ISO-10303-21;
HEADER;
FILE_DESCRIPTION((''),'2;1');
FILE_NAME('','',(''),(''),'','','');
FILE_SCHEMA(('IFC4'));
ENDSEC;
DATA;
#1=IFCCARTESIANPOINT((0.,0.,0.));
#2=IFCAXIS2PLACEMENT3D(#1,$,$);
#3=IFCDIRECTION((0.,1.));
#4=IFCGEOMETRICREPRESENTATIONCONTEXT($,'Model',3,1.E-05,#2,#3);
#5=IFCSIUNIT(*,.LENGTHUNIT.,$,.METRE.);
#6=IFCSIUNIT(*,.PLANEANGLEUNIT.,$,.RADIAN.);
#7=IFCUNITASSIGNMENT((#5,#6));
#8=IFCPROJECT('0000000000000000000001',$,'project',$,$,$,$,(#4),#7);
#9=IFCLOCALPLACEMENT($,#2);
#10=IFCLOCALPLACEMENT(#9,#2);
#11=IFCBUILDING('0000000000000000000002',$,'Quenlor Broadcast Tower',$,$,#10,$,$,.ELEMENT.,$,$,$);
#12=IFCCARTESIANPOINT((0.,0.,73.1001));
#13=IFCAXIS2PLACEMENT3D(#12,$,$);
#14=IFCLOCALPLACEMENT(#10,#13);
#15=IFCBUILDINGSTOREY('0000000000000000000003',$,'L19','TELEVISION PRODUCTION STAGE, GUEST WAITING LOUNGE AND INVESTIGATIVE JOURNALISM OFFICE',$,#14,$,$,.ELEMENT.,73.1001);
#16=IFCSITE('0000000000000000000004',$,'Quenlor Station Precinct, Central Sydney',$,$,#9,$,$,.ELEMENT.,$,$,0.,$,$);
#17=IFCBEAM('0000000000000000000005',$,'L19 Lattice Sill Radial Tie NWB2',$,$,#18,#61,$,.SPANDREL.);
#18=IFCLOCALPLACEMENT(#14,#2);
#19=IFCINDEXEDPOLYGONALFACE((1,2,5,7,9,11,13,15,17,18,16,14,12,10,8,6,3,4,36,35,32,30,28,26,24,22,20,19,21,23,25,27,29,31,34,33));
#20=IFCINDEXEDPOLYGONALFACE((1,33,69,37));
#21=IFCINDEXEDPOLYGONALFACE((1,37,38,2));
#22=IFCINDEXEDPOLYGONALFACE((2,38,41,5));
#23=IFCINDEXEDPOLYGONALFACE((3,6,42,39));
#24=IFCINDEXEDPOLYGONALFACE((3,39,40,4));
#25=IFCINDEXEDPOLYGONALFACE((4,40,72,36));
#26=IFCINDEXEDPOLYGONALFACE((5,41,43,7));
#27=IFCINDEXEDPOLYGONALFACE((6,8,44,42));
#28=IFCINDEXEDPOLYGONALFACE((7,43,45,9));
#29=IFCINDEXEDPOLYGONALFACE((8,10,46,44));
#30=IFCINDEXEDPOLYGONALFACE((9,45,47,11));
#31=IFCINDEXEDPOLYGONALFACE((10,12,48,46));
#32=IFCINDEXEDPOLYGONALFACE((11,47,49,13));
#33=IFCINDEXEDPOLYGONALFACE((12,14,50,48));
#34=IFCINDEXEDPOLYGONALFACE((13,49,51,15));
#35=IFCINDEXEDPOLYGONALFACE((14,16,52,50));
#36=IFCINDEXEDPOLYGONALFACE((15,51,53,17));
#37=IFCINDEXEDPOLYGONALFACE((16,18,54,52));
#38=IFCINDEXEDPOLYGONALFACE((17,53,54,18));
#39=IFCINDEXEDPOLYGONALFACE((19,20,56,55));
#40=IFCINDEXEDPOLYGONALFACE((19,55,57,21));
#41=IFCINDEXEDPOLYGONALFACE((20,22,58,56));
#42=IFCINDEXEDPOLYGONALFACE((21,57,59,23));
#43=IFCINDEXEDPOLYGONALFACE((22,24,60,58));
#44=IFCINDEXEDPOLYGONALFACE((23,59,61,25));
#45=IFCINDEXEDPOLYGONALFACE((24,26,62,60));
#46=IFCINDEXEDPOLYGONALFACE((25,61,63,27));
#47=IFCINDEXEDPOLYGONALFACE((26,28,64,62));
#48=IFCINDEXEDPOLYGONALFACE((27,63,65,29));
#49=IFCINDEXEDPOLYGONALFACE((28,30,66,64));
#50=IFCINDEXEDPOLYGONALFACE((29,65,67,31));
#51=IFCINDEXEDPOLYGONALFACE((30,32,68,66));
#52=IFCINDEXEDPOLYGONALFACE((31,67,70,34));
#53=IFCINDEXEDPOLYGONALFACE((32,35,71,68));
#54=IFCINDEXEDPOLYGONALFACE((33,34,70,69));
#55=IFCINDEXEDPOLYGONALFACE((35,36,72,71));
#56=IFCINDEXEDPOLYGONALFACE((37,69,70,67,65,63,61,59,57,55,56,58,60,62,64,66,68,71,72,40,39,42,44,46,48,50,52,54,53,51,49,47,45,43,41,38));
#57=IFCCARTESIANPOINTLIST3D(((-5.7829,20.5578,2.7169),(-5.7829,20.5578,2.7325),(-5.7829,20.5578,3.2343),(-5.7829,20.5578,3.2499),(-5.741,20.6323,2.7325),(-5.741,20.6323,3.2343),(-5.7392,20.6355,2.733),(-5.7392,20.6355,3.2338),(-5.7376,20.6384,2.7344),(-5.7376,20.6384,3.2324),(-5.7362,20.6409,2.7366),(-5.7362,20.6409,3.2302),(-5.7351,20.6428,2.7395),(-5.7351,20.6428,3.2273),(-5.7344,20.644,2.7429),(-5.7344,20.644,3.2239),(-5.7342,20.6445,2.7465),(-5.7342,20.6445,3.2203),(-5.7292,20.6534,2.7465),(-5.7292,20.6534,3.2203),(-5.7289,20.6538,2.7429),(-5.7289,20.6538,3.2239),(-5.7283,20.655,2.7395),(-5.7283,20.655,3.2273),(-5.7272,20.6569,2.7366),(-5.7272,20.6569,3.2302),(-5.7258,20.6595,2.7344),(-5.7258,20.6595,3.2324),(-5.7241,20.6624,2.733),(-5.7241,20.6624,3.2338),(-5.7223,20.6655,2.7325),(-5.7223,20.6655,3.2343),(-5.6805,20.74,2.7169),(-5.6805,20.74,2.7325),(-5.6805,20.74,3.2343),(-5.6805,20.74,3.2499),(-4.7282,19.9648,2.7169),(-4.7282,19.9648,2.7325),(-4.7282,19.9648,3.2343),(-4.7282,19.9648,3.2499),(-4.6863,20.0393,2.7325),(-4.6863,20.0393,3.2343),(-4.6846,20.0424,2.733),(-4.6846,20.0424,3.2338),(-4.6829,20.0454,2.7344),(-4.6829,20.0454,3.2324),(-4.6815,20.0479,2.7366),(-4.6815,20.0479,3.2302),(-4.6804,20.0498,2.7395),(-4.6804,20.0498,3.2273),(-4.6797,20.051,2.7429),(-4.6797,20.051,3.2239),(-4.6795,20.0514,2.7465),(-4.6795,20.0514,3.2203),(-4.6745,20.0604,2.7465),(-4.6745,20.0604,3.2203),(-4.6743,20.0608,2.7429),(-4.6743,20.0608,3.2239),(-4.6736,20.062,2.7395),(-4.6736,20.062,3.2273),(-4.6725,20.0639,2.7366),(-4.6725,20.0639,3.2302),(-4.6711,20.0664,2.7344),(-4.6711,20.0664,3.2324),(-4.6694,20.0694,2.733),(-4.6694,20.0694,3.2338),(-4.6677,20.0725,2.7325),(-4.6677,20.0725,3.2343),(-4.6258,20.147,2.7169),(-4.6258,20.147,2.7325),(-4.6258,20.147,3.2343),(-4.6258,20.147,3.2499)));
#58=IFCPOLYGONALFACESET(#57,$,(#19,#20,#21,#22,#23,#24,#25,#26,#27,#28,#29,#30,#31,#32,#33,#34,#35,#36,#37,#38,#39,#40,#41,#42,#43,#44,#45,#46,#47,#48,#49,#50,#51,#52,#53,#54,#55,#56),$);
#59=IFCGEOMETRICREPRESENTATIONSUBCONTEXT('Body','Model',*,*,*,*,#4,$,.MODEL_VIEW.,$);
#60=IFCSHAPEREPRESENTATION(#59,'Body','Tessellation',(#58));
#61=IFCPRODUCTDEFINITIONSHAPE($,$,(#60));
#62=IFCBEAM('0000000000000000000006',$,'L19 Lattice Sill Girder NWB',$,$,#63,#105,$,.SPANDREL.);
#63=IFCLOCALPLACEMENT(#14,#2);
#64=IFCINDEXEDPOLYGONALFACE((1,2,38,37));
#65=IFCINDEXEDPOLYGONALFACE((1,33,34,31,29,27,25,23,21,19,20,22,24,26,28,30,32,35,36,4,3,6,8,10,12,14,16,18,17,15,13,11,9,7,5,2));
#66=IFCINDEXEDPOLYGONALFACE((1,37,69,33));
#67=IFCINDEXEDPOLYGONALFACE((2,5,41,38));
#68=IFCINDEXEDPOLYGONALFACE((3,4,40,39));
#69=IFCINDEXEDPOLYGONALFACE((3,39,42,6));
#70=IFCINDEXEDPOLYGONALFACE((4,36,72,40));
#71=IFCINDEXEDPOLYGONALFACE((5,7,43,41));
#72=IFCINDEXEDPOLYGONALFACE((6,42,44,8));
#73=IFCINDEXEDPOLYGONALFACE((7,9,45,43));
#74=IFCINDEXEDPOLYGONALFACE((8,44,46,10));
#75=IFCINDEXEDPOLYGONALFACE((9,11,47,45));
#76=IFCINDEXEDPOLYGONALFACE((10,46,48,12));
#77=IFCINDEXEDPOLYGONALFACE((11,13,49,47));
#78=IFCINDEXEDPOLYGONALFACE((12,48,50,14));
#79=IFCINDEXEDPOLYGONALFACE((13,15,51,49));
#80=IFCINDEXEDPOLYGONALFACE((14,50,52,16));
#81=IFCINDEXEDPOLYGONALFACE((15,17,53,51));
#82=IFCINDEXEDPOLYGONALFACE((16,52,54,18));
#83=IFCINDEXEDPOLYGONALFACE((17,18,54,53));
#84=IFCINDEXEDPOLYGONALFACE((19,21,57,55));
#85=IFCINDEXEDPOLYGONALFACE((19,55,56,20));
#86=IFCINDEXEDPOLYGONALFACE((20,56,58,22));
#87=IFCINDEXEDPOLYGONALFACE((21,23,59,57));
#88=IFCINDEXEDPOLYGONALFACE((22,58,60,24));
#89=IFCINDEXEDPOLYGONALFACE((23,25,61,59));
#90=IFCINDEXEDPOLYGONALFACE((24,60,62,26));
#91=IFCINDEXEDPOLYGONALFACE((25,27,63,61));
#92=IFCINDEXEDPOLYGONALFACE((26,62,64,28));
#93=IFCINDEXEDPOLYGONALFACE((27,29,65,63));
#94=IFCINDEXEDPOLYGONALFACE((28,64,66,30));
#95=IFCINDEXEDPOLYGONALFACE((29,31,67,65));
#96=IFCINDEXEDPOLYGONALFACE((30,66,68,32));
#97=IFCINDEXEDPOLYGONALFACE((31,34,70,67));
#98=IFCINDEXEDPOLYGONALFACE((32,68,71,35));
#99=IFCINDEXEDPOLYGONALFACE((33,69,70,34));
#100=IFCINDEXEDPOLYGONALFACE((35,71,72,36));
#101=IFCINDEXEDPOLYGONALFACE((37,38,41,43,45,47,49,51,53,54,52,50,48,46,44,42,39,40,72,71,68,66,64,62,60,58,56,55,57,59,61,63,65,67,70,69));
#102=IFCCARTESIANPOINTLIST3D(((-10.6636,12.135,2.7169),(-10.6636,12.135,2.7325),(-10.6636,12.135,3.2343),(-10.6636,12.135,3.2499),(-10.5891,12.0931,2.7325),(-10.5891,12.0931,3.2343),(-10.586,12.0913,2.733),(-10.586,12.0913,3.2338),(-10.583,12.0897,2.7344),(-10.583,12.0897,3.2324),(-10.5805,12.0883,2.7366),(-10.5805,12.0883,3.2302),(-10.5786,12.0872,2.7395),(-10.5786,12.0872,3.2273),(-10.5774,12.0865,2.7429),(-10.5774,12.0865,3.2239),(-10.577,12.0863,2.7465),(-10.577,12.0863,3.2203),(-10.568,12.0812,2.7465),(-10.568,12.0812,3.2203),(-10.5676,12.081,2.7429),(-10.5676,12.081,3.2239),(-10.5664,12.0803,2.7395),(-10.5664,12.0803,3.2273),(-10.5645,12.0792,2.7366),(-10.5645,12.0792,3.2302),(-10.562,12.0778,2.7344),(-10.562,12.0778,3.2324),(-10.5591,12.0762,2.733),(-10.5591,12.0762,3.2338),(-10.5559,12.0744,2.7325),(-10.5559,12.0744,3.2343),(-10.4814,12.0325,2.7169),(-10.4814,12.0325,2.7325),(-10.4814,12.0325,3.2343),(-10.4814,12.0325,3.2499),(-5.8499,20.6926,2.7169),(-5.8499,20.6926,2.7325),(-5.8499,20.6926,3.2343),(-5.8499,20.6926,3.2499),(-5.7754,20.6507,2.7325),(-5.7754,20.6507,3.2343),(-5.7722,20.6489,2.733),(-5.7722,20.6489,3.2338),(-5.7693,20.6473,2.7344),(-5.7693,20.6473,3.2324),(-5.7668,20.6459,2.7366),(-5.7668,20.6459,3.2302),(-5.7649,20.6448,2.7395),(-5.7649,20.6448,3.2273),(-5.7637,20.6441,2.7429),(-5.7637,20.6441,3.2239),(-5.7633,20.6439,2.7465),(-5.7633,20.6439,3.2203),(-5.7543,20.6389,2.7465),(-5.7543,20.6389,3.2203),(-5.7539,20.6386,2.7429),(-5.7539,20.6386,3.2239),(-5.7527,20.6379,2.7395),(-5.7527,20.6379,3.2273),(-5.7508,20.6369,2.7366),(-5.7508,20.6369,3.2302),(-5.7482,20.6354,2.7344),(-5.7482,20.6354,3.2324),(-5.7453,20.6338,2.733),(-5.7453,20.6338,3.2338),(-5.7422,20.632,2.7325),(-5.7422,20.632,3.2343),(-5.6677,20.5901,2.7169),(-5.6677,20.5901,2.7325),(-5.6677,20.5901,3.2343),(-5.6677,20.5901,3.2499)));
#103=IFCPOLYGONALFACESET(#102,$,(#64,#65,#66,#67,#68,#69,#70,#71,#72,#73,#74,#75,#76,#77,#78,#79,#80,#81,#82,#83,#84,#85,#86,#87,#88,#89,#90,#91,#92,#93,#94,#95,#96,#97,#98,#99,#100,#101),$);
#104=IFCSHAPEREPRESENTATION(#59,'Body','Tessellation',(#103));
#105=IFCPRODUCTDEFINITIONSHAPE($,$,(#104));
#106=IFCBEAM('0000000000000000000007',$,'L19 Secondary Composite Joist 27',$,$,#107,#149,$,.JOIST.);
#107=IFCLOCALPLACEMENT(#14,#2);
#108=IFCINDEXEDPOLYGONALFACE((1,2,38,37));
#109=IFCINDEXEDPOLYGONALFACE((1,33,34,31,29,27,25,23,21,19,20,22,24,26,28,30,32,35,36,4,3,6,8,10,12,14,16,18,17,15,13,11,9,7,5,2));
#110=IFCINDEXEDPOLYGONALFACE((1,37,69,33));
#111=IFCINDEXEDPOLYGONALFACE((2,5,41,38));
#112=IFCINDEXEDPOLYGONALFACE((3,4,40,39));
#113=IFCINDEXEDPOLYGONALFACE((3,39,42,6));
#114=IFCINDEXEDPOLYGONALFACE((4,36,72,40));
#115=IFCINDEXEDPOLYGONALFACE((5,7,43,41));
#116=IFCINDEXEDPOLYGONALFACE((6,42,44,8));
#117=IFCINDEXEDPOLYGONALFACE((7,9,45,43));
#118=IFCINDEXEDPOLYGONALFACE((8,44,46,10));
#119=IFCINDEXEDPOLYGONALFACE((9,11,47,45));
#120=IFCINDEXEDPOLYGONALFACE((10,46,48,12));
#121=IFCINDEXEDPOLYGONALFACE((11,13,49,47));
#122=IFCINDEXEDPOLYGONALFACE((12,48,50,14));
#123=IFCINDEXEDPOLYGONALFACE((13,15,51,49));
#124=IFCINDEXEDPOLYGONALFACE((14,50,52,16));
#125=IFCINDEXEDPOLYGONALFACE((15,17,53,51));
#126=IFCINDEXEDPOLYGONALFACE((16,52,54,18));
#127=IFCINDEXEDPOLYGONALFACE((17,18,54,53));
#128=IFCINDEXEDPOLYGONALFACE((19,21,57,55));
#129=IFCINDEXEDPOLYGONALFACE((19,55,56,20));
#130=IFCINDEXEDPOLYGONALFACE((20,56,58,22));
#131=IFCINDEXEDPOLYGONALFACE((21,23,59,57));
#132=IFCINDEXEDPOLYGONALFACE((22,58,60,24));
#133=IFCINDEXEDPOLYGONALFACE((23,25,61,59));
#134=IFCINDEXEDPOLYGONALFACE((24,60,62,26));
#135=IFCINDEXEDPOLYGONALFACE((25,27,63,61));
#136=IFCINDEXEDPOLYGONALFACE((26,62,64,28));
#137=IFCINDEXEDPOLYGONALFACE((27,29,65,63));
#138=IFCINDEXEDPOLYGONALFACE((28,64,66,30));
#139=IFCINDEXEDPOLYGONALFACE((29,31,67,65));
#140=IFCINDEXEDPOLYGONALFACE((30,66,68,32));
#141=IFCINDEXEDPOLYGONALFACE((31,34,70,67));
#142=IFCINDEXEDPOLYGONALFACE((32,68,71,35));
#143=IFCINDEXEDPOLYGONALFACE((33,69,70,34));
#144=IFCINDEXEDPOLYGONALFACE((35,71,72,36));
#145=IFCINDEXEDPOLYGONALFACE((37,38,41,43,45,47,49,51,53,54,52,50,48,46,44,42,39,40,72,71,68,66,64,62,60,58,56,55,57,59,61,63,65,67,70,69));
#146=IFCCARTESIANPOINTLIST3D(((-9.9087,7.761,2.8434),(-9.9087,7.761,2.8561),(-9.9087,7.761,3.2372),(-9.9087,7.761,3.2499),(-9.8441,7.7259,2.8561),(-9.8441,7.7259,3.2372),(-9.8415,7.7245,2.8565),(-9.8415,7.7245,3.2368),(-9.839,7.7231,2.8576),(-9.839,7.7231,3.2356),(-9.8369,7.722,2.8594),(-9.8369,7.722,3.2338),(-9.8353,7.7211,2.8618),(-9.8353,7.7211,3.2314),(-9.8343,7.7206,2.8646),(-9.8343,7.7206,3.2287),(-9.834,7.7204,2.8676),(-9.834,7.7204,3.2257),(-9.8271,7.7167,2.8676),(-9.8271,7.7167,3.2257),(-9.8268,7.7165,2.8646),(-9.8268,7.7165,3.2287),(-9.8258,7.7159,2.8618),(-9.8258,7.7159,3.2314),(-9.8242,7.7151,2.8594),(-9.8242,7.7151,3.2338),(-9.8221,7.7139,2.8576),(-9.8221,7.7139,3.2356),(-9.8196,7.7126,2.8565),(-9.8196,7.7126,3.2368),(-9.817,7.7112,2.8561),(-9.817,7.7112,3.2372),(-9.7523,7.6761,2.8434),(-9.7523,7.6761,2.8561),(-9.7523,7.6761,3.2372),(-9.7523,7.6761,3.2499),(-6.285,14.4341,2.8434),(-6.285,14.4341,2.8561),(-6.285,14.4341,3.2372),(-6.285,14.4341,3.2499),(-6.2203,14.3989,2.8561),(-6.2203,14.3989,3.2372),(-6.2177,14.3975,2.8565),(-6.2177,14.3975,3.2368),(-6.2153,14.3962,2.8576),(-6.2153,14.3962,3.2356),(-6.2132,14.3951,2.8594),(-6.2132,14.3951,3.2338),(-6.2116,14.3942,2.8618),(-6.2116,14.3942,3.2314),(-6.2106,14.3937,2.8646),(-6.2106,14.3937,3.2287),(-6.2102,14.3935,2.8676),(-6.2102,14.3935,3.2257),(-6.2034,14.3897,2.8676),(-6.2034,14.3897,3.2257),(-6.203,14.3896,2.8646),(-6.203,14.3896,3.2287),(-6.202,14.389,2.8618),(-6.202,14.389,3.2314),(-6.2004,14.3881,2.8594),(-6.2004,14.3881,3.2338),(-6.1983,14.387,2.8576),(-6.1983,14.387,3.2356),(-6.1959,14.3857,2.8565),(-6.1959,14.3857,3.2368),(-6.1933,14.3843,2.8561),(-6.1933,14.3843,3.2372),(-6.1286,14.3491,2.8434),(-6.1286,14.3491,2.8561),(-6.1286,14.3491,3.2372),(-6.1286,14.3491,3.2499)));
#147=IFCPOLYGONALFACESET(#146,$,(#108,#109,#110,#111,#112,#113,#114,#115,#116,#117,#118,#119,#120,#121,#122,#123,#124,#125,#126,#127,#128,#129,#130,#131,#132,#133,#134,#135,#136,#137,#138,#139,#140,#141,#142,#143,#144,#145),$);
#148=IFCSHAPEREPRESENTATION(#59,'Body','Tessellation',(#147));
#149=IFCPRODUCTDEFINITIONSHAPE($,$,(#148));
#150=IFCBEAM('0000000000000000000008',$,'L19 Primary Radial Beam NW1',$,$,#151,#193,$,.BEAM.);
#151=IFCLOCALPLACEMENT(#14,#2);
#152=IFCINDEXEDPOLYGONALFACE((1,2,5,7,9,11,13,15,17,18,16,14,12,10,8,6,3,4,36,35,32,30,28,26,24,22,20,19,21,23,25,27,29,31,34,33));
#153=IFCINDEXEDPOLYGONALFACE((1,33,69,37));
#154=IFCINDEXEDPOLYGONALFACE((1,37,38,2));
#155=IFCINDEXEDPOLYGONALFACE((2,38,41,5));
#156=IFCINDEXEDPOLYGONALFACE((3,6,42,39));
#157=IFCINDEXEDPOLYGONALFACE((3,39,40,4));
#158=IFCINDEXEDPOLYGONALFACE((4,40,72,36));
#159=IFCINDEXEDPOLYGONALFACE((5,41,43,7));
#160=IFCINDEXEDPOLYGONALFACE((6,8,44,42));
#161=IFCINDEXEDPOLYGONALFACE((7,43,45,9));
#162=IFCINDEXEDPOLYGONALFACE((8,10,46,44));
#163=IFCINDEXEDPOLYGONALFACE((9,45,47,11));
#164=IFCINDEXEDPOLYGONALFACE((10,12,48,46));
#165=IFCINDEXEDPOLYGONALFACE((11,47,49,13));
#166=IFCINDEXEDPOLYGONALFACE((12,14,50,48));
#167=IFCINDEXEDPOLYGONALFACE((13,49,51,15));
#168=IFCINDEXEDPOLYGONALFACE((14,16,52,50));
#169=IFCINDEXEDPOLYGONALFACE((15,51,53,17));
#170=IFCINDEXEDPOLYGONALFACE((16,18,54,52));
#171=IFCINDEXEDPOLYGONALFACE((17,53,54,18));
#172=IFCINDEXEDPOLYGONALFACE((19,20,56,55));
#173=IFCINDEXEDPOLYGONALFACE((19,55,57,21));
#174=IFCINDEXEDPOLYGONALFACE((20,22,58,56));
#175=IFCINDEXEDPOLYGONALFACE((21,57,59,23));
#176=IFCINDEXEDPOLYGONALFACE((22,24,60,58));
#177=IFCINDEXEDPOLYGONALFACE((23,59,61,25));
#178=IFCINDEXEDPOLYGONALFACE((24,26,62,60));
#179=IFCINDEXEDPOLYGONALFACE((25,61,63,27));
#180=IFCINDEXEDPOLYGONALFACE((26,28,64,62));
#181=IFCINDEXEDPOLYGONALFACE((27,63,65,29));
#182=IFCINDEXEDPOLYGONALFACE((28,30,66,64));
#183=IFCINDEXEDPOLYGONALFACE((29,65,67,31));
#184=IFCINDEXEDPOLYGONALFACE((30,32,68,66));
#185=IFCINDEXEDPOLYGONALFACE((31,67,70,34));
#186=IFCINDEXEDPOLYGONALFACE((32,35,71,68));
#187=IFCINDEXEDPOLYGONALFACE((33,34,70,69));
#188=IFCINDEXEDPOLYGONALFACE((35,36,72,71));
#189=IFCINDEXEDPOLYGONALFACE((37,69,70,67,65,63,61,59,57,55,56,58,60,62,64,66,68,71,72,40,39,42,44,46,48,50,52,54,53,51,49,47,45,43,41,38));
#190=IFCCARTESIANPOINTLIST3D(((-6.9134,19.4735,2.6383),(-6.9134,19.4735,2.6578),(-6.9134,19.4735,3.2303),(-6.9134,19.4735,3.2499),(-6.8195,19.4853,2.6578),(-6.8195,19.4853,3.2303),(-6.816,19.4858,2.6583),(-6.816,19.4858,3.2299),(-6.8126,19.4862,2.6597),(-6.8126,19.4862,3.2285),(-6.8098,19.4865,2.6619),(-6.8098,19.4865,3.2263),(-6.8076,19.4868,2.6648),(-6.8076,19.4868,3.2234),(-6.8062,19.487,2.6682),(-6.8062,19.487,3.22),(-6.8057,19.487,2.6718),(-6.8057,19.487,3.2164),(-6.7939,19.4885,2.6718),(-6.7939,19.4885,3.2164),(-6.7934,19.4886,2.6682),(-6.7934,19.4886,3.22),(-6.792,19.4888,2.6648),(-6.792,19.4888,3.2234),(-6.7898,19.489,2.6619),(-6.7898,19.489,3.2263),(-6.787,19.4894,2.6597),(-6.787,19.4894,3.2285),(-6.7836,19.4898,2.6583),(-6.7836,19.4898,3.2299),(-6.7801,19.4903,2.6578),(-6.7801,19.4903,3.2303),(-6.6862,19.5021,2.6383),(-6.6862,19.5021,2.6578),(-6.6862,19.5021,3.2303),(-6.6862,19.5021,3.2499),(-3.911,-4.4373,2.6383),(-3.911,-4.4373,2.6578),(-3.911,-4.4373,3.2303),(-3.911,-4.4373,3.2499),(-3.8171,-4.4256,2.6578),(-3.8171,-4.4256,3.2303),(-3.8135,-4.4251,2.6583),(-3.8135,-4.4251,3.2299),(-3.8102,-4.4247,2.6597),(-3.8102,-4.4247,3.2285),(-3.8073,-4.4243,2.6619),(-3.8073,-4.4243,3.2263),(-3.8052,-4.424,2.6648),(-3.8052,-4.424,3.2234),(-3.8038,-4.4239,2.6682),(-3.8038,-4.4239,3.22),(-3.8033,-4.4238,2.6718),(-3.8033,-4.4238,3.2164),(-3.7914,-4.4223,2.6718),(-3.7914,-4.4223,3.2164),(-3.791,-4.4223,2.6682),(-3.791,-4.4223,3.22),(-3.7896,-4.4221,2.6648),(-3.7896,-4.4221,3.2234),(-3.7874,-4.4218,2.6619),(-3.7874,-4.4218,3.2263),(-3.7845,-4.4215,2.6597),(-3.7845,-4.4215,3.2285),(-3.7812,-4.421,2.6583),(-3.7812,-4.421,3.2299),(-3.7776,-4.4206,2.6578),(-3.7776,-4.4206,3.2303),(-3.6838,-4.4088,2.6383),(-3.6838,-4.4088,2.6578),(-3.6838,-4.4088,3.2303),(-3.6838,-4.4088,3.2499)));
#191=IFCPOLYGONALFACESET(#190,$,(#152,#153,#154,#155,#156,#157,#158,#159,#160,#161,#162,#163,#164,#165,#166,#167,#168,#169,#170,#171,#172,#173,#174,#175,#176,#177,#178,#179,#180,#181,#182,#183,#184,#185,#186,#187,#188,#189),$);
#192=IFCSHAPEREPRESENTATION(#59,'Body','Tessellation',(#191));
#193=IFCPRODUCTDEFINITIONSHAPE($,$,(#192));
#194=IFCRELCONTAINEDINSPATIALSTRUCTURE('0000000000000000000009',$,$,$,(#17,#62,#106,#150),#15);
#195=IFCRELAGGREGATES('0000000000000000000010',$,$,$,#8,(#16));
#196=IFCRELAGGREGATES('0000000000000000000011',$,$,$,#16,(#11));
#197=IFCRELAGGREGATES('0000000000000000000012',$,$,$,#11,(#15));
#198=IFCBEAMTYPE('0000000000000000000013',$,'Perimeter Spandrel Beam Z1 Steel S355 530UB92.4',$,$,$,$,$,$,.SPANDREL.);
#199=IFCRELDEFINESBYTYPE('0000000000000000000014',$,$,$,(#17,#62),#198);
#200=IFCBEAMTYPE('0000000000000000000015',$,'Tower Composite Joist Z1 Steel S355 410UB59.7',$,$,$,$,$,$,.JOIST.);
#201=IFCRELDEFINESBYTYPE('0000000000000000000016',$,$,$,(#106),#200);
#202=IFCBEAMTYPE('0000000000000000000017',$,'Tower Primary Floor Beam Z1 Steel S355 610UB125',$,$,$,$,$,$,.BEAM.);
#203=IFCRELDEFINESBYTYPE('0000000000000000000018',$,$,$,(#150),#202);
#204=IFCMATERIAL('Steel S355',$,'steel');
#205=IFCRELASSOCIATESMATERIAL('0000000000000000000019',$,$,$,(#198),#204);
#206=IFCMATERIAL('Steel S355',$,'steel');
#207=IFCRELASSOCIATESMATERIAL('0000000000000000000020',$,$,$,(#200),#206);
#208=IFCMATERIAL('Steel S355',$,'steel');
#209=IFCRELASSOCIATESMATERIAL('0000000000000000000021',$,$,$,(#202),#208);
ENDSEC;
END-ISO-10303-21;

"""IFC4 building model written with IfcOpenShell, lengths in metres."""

from ifc_helpers import new_model, si_unit, direction, frame, origin, origin_2d, place, context, subcontext, project, spatial, i_section, extrude, material, material_profile, profile_set, type_object, element, save


model = new_model("IFC4")

# Units and contexts
model_context = context("Model", 3, precision=1e-05, world=origin(), true_north=direction((0.0, 1.0)))
body_context = subcontext(model_context, "Body", "Model", "MODEL_VIEW")
ifc_project = project(units=[si_unit("LENGTHUNIT", "METRE"), si_unit("PLANEANGLEUNIT", "RADIAN")], contexts=[model_context])

# Site, building, storey
site_placement = place(None, origin())
site = spatial("IfcSite", under=ifc_project, at=site_placement, Name="Quenlor Station Precinct, Central Sydney", CompositionType="ELEMENT", RefElevation=0.0)
building_placement = place(site_placement, origin())
building = spatial("IfcBuilding", under=site, at=building_placement, Name="Quenlor Broadcast Tower", CompositionType="ELEMENT")
storey_placement = place(building_placement, frame((0.0, 0.0, 73.1001)))
storey = spatial("IfcBuildingStorey", under=building, at=storey_placement, Name="L19", Description="TELEVISION PRODUCTION STAGE, GUEST WAITING LOUNGE AND INVESTIGATIVE JOURNALISM OFFICE", CompositionType="ELEMENT", Elevation=73.1001)

# Beams
ifc_material_1 = material(Name="Steel S355", Category="steel")
ifc_material_profile_1 = material_profile(ifc_material_1, i_section(OverallWidth=0.209, OverallDepth=0.533, WebThickness=0.0103, FlangeThickness=0.0156, FilletRadius=0.0139, at=origin_2d()))
ifc_profile_set_1 = profile_set([ifc_material_profile_1], Name="Steel S355 530UB92.4")
beam_type_1 = type_object("IfcBeamType", Name="Perimeter Spandrel Beam Z1 Steel S355 530UB92.4", PredefinedType="SPANDREL", material=ifc_profile_set_1)
beam_1_placement = place(storey_placement, frame((-4.677, 20.0559, 2.9834), z_axis=(-0.871662, 0.490108, 0.0), x_axis=(-0.490108, -0.871662, 0.0)))
element("IfcBeam", 1, at=beam_1_placement, inside=storey, type_object=beam_type_1, Name="L19 Lattice Sill Radial Tie NWB2", PredefinedType="SPANDREL", context=body_context, shape_type="SweptSolid", body=[
    extrude(i_section(OverallWidth=0.209, OverallDepth=0.533, WebThickness=0.0103, FlangeThickness=0.0156, FilletRadius=0.0139, at=origin_2d()), origin(), (0.0, 0.0, 1.0), 1.21),
])
beam_2_placement = place(storey_placement, frame((-10.5725, 12.0837, 2.9834), z_axis=(0.490266, 0.871573, 0.0), x_axis=(-0.871573, 0.490266, 0.0)))
element("IfcBeam", 2, at=beam_2_placement, inside=storey, type_object=beam_type_1, Name="L19 Lattice Sill Girder NWB", PredefinedType="SPANDREL", context=body_context, shape_type="SweptSolid", body=[
    extrude(i_section(OverallWidth=0.209, OverallDepth=0.533, WebThickness=0.0103, FlangeThickness=0.0156, FilletRadius=0.0139, at=origin_2d()), origin(), (0.0, 0.0, 1.0), 9.8186),
])
ifc_material_2 = material(Name="Steel S355", Category="steel")
ifc_material_profile_2 = material_profile(ifc_material_2, i_section(OverallWidth=0.178, OverallDepth=0.4065, WebThickness=0.0078, FlangeThickness=0.0127, FilletRadius=0.0115, at=origin_2d()))
ifc_profile_set_2 = profile_set([ifc_material_profile_2], Name="Steel S355 410UB59.7")
beam_type_2 = type_object("IfcBeamType", Name="Tower Composite Joist Z1 Steel S355 410UB59.7", PredefinedType="JOIST", material=ifc_profile_set_2)
beam_3_placement = place(storey_placement, frame((-6.2068, 14.3916, 3.0466), z_axis=(-0.477218, -0.878785, 0.0), x_axis=(0.878785, -0.477218, 0.0)))
element("IfcBeam", 3, at=beam_3_placement, inside=storey, type_object=beam_type_2, Name="L19 Secondary Composite Joist 27", PredefinedType="JOIST", context=body_context, shape_type="SweptSolid", body=[
    extrude(i_section(OverallWidth=0.178, OverallDepth=0.4065, WebThickness=0.0078, FlangeThickness=0.0127, FilletRadius=0.0115, at=origin_2d()), origin(), (0.0, 0.0, 1.0), 7.5935),
])
ifc_material_3 = material(Name="Steel S355", Category="steel")
ifc_material_profile_3 = material_profile(ifc_material_3, i_section(OverallWidth=0.229, OverallDepth=0.6116, WebThickness=0.012, FlangeThickness=0.0195, FilletRadius=0.0139, at=origin_2d()))
ifc_profile_set_3 = profile_set([ifc_material_profile_3], Name="Steel S355 610UB125")
beam_type_3 = type_object("IfcBeamType", Name="Tower Primary Floor Beam Z1 Steel S355 610UB125", PredefinedType="BEAM", material=ifc_profile_set_3)
beam_4_placement = place(storey_placement, frame((-6.7998, 19.4878, 2.9441), z_axis=(0.12459, -0.992208, 0.0), x_axis=(0.992208, 0.12459, 0.0)))
element("IfcBeam", 4, at=beam_4_placement, inside=storey, type_object=beam_type_3, Name="L19 Primary Radial Beam NW1", PredefinedType="BEAM", context=body_context, shape_type="SweptSolid", body=[
    extrude(i_section(OverallWidth=0.229, OverallDepth=0.6116, WebThickness=0.012, FlangeThickness=0.0195, FilletRadius=0.0139, at=origin_2d()), origin(), (0.0, 0.0, 1.0), 24.0986),
])

save(model, "model.ifc")
